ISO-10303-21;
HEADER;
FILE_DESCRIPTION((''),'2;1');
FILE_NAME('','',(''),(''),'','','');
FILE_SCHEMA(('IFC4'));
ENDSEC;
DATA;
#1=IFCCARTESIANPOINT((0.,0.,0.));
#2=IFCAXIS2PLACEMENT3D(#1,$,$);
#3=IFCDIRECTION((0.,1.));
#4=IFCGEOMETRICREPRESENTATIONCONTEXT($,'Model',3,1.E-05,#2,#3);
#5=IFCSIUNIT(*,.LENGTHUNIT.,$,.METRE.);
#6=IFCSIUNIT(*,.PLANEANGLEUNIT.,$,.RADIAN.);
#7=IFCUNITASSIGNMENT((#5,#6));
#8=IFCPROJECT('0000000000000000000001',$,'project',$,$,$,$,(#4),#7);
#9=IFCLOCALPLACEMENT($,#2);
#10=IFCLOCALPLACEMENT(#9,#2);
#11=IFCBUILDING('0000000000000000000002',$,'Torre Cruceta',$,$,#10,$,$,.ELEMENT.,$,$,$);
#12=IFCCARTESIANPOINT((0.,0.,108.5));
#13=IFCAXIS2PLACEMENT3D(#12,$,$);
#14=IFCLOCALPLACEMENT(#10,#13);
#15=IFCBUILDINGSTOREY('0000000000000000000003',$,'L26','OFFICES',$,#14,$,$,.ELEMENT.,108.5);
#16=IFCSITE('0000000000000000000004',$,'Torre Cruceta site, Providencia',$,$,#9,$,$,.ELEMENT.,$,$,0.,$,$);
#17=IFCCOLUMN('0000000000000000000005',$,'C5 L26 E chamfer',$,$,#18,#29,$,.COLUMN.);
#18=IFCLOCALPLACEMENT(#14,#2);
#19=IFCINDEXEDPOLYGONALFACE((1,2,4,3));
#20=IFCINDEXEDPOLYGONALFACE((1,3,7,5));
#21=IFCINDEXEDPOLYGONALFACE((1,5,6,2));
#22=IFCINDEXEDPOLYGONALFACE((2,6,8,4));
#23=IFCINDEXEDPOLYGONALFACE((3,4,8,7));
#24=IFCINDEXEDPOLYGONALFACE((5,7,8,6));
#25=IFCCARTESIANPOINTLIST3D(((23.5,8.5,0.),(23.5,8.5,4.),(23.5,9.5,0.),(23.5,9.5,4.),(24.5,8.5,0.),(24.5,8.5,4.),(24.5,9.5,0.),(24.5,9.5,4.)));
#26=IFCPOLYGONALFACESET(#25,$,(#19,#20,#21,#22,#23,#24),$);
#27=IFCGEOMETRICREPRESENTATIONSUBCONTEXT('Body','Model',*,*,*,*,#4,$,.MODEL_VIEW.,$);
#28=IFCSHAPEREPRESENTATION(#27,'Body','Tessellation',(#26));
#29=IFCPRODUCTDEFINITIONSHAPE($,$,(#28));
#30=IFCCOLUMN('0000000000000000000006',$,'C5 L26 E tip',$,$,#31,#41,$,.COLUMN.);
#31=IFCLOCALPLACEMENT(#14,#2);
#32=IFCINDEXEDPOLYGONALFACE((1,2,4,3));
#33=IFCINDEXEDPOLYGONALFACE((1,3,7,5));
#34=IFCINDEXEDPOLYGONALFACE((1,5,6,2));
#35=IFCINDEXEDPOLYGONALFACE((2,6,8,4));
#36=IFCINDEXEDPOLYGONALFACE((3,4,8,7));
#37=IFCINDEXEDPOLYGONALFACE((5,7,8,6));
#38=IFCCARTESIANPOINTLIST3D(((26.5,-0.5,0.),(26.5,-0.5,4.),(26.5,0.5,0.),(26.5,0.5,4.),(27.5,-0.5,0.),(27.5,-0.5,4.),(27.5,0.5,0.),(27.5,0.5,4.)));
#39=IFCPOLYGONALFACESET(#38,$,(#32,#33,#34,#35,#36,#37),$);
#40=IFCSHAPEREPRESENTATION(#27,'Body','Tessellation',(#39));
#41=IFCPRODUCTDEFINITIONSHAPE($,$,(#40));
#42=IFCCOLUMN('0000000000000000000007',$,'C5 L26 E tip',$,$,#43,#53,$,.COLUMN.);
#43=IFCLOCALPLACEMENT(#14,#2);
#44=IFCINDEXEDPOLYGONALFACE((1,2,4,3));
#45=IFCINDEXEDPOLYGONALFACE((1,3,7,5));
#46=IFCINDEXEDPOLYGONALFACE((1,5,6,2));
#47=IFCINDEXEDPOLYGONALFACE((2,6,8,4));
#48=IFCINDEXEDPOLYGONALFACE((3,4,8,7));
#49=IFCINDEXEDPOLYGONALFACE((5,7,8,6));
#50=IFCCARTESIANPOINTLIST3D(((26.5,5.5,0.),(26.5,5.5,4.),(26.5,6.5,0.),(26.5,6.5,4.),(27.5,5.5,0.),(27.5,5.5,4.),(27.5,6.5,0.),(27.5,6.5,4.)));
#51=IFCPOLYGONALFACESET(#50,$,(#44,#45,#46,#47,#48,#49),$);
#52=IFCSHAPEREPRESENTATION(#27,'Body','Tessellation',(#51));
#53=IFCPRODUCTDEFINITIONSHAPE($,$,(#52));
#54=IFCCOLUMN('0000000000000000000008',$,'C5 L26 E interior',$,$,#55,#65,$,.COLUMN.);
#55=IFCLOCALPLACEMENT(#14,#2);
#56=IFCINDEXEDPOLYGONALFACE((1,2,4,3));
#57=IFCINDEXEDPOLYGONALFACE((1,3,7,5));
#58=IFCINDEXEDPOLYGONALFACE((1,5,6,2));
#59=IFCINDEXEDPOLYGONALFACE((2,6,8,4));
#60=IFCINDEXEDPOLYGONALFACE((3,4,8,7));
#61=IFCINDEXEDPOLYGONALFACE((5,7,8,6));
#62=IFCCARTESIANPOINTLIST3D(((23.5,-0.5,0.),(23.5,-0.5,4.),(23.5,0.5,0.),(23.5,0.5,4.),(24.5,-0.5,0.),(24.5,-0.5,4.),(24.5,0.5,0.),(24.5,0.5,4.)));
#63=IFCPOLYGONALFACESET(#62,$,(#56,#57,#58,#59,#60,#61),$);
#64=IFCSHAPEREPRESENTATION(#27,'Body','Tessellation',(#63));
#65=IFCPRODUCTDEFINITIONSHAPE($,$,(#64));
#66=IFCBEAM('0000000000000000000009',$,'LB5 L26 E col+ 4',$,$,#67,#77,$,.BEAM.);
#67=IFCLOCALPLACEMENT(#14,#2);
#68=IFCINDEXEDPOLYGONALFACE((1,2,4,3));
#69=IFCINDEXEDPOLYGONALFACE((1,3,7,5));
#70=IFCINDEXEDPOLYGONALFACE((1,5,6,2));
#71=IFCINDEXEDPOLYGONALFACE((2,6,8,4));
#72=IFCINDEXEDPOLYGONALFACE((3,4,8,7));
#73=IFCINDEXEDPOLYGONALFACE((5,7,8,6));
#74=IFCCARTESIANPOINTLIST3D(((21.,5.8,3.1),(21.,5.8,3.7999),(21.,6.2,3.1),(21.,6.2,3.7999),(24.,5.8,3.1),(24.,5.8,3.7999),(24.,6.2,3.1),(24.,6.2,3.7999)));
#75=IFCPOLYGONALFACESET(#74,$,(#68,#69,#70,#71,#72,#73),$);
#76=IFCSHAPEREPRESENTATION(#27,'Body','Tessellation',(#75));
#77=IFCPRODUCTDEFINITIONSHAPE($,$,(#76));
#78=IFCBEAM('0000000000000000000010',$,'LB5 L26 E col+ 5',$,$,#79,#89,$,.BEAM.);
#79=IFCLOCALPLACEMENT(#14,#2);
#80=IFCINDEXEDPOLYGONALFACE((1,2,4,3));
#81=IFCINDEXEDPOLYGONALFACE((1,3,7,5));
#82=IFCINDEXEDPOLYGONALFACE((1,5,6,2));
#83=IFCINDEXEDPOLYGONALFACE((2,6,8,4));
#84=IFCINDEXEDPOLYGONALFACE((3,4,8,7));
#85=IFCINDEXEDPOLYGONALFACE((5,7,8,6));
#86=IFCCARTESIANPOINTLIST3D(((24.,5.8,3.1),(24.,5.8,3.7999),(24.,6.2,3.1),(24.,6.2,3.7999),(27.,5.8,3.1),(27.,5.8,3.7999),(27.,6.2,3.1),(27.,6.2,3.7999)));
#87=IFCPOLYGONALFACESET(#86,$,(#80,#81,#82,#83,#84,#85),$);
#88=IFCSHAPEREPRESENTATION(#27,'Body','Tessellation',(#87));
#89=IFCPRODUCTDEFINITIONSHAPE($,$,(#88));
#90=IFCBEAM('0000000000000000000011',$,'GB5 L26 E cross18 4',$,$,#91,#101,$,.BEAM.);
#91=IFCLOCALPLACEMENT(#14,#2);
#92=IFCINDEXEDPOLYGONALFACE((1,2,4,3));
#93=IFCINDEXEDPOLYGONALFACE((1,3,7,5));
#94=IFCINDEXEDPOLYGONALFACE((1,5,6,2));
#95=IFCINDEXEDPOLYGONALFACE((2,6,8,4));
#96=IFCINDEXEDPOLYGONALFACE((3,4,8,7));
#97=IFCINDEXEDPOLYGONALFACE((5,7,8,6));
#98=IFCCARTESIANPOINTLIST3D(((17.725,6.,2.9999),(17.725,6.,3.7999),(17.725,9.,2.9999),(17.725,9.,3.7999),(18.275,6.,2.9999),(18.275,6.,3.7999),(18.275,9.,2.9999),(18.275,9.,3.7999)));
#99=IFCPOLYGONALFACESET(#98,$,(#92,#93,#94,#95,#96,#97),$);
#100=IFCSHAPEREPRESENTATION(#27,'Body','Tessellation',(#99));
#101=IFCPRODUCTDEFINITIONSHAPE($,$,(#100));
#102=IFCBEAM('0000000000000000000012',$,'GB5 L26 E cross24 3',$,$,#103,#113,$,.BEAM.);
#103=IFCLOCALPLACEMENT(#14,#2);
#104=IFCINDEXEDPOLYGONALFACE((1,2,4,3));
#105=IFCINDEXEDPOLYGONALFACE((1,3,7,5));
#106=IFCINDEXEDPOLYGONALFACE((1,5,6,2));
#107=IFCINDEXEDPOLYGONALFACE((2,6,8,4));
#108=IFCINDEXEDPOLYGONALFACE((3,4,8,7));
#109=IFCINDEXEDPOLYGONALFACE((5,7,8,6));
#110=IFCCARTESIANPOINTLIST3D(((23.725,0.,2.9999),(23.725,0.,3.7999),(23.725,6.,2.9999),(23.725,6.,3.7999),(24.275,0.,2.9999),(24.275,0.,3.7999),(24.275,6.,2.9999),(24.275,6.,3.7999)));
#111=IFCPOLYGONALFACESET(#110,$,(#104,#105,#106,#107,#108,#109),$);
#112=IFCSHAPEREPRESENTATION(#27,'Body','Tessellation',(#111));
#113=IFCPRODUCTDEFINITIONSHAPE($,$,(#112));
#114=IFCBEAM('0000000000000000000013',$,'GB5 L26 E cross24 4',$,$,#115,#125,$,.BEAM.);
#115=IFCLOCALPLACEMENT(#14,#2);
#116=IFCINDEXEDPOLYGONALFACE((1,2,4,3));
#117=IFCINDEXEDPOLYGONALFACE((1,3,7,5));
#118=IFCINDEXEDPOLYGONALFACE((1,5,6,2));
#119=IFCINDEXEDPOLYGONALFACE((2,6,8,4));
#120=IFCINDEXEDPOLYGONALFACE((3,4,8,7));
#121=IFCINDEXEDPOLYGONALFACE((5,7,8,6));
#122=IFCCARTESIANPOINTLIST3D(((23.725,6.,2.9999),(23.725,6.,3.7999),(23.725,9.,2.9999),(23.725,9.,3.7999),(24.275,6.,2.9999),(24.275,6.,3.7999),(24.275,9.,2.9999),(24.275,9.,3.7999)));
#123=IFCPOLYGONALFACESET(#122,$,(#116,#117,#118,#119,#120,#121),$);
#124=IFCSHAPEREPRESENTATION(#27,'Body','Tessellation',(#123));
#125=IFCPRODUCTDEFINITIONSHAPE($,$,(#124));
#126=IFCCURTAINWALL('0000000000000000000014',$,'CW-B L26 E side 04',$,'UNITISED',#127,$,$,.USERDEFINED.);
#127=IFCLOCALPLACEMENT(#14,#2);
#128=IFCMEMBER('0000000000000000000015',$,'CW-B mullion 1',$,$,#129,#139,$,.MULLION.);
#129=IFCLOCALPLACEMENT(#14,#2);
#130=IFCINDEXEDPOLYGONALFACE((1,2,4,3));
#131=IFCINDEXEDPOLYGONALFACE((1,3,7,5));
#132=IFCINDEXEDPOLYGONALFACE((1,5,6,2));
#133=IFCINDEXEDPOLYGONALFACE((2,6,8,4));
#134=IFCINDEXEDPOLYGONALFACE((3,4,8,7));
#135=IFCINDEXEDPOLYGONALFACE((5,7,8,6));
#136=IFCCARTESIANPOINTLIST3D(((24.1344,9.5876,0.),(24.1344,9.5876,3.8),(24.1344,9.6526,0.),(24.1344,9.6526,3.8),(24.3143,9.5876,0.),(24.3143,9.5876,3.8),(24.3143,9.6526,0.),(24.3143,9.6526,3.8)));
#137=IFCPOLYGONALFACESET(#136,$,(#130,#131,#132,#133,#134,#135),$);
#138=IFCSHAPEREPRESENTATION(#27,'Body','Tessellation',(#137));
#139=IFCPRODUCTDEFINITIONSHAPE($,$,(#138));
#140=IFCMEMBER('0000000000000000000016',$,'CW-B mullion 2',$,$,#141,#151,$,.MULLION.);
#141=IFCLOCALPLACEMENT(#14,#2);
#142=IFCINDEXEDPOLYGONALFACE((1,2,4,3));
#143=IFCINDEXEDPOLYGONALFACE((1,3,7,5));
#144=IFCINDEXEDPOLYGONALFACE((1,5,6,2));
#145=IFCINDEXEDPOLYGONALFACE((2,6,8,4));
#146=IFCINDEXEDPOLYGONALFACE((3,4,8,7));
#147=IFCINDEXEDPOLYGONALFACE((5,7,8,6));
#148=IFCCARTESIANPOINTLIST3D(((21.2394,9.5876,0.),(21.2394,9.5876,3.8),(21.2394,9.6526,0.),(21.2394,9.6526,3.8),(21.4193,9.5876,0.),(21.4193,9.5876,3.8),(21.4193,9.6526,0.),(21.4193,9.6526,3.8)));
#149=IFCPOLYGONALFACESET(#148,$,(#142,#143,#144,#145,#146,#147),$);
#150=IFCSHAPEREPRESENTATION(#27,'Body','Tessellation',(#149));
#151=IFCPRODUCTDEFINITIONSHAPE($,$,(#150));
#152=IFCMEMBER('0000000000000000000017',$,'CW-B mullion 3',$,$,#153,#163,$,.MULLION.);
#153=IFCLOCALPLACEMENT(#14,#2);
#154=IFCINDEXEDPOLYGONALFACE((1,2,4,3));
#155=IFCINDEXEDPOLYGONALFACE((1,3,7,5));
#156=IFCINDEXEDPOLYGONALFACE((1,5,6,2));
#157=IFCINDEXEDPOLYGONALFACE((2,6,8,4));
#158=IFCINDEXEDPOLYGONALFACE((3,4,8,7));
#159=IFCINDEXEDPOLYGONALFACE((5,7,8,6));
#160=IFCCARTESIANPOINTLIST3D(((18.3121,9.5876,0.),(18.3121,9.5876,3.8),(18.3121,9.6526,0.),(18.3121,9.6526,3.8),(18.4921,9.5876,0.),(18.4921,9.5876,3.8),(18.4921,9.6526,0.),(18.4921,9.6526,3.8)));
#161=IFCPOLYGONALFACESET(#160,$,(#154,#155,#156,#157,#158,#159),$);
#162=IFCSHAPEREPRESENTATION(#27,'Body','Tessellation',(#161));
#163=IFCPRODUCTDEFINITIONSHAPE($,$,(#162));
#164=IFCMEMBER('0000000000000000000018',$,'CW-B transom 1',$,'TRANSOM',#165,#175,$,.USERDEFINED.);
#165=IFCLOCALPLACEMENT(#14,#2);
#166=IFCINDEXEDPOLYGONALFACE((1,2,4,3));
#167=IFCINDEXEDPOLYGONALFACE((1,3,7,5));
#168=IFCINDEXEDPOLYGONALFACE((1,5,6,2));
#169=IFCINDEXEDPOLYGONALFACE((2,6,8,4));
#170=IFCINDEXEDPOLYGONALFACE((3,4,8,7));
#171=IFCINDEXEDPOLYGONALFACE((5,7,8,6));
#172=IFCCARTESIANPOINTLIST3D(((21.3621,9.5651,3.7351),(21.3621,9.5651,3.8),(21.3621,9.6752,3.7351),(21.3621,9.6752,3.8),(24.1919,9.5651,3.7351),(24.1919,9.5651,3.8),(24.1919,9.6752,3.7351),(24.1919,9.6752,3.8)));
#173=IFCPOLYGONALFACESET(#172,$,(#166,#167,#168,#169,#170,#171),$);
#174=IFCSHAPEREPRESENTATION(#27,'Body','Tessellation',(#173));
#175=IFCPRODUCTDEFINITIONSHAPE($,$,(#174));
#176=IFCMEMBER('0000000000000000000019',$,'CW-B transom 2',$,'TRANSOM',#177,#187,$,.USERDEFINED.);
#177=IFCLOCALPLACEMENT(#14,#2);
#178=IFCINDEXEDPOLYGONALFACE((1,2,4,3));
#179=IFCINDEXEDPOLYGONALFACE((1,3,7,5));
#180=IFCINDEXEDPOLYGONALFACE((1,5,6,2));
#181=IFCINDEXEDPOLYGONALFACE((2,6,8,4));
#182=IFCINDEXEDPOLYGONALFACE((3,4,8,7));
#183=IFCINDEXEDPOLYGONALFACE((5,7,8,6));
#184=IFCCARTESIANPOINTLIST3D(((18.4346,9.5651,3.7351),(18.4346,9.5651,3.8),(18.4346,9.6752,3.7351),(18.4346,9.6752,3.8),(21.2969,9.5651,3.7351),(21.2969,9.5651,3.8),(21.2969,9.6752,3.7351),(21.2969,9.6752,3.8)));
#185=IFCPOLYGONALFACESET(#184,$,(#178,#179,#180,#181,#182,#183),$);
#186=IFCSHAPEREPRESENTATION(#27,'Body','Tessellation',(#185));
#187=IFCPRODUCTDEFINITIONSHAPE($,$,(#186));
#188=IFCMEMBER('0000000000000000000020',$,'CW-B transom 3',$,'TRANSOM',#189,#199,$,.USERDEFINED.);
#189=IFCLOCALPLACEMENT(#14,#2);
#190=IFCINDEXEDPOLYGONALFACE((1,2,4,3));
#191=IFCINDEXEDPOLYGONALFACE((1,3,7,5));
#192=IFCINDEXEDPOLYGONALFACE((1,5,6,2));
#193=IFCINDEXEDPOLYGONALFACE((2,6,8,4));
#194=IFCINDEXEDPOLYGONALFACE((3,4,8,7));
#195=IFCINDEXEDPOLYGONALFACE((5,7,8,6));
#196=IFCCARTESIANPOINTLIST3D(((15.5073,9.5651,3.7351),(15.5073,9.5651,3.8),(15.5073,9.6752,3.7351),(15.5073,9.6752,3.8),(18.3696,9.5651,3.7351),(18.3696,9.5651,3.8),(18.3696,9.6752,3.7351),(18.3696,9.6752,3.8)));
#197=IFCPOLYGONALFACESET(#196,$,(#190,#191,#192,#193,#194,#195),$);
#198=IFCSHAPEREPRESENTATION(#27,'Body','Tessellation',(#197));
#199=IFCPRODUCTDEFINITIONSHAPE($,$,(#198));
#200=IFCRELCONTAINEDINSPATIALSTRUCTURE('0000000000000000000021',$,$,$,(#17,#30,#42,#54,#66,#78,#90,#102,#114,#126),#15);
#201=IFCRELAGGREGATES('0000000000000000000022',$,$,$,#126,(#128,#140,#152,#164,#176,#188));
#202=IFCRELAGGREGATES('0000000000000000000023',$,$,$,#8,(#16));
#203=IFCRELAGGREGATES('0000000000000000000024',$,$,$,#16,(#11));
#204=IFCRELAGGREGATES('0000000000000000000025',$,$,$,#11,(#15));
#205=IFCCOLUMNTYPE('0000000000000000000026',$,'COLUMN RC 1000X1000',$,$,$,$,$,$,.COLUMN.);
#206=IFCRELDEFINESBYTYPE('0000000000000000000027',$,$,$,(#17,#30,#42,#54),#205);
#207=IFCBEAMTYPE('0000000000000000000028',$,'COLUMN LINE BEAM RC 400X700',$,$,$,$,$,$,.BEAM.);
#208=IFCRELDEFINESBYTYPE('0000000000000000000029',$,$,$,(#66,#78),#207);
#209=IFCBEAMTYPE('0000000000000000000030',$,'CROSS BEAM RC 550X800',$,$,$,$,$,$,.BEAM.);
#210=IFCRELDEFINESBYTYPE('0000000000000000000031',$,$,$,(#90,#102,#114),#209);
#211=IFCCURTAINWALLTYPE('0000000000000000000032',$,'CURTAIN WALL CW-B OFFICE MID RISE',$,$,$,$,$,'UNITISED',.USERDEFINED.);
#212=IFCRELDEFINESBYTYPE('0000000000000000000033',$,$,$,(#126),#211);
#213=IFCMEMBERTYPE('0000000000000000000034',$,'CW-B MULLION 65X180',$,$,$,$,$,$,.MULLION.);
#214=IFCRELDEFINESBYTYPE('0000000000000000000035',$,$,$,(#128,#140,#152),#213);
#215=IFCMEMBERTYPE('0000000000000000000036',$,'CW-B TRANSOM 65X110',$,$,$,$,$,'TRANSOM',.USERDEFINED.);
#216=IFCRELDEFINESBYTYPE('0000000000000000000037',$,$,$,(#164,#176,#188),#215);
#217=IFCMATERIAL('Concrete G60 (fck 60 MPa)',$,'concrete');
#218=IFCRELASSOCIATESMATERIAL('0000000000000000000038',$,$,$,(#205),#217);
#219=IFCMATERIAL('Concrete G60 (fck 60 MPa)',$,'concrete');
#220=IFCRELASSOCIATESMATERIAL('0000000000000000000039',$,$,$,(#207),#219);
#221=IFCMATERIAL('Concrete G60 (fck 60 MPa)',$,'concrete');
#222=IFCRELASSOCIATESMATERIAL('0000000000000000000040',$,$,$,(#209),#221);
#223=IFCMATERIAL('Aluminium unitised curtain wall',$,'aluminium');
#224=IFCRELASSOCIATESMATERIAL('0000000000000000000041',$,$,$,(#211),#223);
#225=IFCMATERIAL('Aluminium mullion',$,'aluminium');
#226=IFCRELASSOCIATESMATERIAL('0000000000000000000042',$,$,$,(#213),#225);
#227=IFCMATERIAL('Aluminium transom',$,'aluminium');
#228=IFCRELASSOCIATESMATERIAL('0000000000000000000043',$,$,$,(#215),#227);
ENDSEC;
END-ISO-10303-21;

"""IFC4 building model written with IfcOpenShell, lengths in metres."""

from ifc_helpers import new_model, si_unit, direction, frame, origin, origin_2d, place, context, subcontext, project, spatial, rectangle, extrude, material, material_profile, profile_set, type_object, element, aggregate, save


model = new_model("IFC4")

# Units and contexts
model_context = context("Model", 3, precision=1e-05, world=origin(), true_north=direction((0.0, 1.0)))
body_context = subcontext(model_context, "Body", "Model", "MODEL_VIEW")
ifc_project = project(units=[si_unit("LENGTHUNIT", "METRE"), si_unit("PLANEANGLEUNIT", "RADIAN")], contexts=[model_context])

# Site, building, storey
site_placement = place(None, origin())
site = spatial("IfcSite", under=ifc_project, at=site_placement, Name="Torre Cruceta site, Providencia", CompositionType="ELEMENT", RefElevation=0.0)
building_placement = place(site_placement, origin())
building = spatial("IfcBuilding", under=site, at=building_placement, Name="Torre Cruceta", CompositionType="ELEMENT")
storey_placement = place(building_placement, frame((0.0, 0.0, 108.5)))
storey = spatial("IfcBuildingStorey", under=building, at=storey_placement, Name="L26", Description="OFFICES", CompositionType="ELEMENT", Elevation=108.5)

# Columns
ifc_material_1 = material(Name="Concrete G60 (fck 60 MPa)", Category="concrete")
ifc_material_profile_1 = material_profile(ifc_material_1, rectangle(XDim=1.0, YDim=1.0, at=origin_2d()), Name="RC 1000X1000")
ifc_profile_set_1 = profile_set([ifc_material_profile_1], Name="Concrete G60 (fck 60 MPa)")
column_type = type_object("IfcColumnType", Name="COLUMN RC 1000X1000", PredefinedType="COLUMN", material=ifc_profile_set_1)
for number, where, z_axis, x_axis, name in (
    (1, (24.0, 9.0, 0.0), (0.0, 0.0, 1.0), (1.0, 0.0, 0.0), "C5 L26 E chamfer"),
    (2, (27.0, 0.0, 0.0), (0.0, 0.0, 1.0), (1.0, 0.0, 0.0), "C5 L26 E tip"),
    (3, (27.0, 6.0, 0.0), (0.0, 0.0, 1.0), (1.0, 0.0, 0.0), "C5 L26 E tip"),
    (4, (24.0, 0.0, 0.0), (0.0, 0.0, 1.0), (1.0, 0.0, 0.0), "C5 L26 E interior"),
):
    element("IfcColumn", number, at=place(storey_placement, frame(where, z_axis=z_axis, x_axis=x_axis)), inside=storey, type_object=column_type, Name=name, PredefinedType="COLUMN", context=body_context, shape_type="SweptSolid", body=[
        extrude(rectangle(XDim=1.0, YDim=1.0, at=origin_2d()), origin(), (0.0, 0.0, 1.0), 4.0),
    ])

# Beams
ifc_material_2 = material(Name="Concrete G60 (fck 60 MPa)", Category="concrete")
ifc_material_profile_2 = material_profile(ifc_material_2, rectangle(XDim=0.3999, YDim=0.7, at=origin_2d()), Name="RC 400X700")
ifc_profile_set_2 = profile_set([ifc_material_profile_2], Name="Concrete G60 (fck 60 MPa)")
beam_type_1 = type_object("IfcBeamType", Name="COLUMN LINE BEAM RC 400X700", PredefinedType="BEAM", material=ifc_profile_set_2)
for number, where, z_axis, x_axis, name in (
    (5, (21.0, 6.0, 3.45), (1.0, 0.0, 0.0), (0.0, 1.0, 0.0), "LB5 L26 E col+ 4"),
    (6, (24.0, 6.0, 3.45), (1.0, 0.0, 0.0), (0.0, 1.0, 0.0), "LB5 L26 E col+ 5"),
):
    element("IfcBeam", number, at=place(storey_placement, frame(where, z_axis=z_axis, x_axis=x_axis)), inside=storey, type_object=beam_type_1, Name=name, PredefinedType="BEAM", context=body_context, shape_type="SweptSolid", body=[
        extrude(rectangle(XDim=0.3999, YDim=0.7, at=origin_2d()), origin(), (0.0, 0.0, 1.0), 3.0),
    ])
ifc_material_3 = material(Name="Concrete G60 (fck 60 MPa)", Category="concrete")
ifc_material_profile_3 = material_profile(ifc_material_3, rectangle(XDim=0.55, YDim=0.8, at=origin_2d()), Name="RC 550X800")
ifc_profile_set_3 = profile_set([ifc_material_profile_3], Name="Concrete G60 (fck 60 MPa)")
beam_type_2 = type_object("IfcBeamType", Name="CROSS BEAM RC 550X800", PredefinedType="BEAM", material=ifc_profile_set_3)
beam_1_placement = place(storey_placement, frame((18.0, 6.0, 3.3999), z_axis=(0.0, 1.0, 0.0), x_axis=(-1.0, 0.0, 0.0)))
element("IfcBeam", 7, at=beam_1_placement, inside=storey, type_object=beam_type_2, Name="GB5 L26 E cross18 4", PredefinedType="BEAM", context=body_context, shape_type="SweptSolid", body=[
    extrude(rectangle(XDim=0.55, YDim=0.8, at=origin_2d()), origin(), (0.0, 0.0, 1.0), 3.0),
])
beam_2_placement = place(storey_placement, frame((24.0, 0.0, 3.3999), z_axis=(0.0, 1.0, 0.0), x_axis=(-1.0, 0.0, 0.0)))
element("IfcBeam", 8, at=beam_2_placement, inside=storey, type_object=beam_type_2, Name="GB5 L26 E cross24 3", PredefinedType="BEAM", context=body_context, shape_type="SweptSolid", body=[
    extrude(rectangle(XDim=0.55, YDim=0.8, at=origin_2d()), origin(), (0.0, 0.0, 1.0), 6.0),
])
beam_3_placement = place(storey_placement, frame((24.0, 6.0, 3.3999), z_axis=(0.0, 1.0, 0.0), x_axis=(-1.0, 0.0, 0.0)))
element("IfcBeam", 9, at=beam_3_placement, inside=storey, type_object=beam_type_2, Name="GB5 L26 E cross24 4", PredefinedType="BEAM", context=body_context, shape_type="SweptSolid", body=[
    extrude(rectangle(XDim=0.55, YDim=0.8, at=origin_2d()), origin(), (0.0, 0.0, 1.0), 3.0),
])

# Curtain wall, members
ifc_material_4 = material(Name="Aluminium unitised curtain wall", Category="aluminium")
curtain_wall_type = type_object("IfcCurtainWallType", Name="CURTAIN WALL CW-B OFFICE MID RISE", ElementType="UNITISED", PredefinedType="USERDEFINED", material=ifc_material_4)
curtain_wall_placement = place(storey_placement, origin())
curtain_wall = element("IfcCurtainWall", 10, at=curtain_wall_placement, inside=storey, type_object=curtain_wall_type, Name="CW-B L26 E side 04", ObjectType="UNITISED", PredefinedType="USERDEFINED")
ifc_material_5 = material(Name="Aluminium mullion", Category="aluminium")
ifc_material_profile_4 = material_profile(ifc_material_5, rectangle(XDim=0.0649, YDim=0.1799, at=origin_2d()), Name="AL 65X180")
ifc_profile_set_4 = profile_set([ifc_material_profile_4], Name="Aluminium mullion")
member_type_1 = type_object("IfcMemberType", Name="CW-B MULLION 65X180", PredefinedType="MULLION", material=ifc_profile_set_4)
member_1_placement = place(storey_placement, frame((24.2244, 9.6201, 0.0), z_axis=(0.0, 0.0, 1.0), x_axis=(0.0, -1.0, 0.0)))
member_1 = element("IfcMember", 11, at=member_1_placement, type_object=member_type_1, Name="CW-B mullion 1", PredefinedType="MULLION", context=body_context, shape_type="SweptSolid", body=[
    extrude(rectangle(XDim=0.0649, YDim=0.1799, at=origin_2d()), origin(), (0.0, 0.0, 1.0), 3.8),
])
member_2_placement = place(storey_placement, frame((21.3293, 9.6201, 0.0), z_axis=(0.0, 0.0, 1.0), x_axis=(0.0, -1.0, 0.0)))
member_2 = element("IfcMember", 12, at=member_2_placement, type_object=member_type_1, Name="CW-B mullion 2", PredefinedType="MULLION", context=body_context, shape_type="SweptSolid", body=[
    extrude(rectangle(XDim=0.0649, YDim=0.1799, at=origin_2d()), origin(), (0.0, 0.0, 1.0), 3.8),
])
member_3_placement = place(storey_placement, frame((18.4021, 9.6201, 0.0), z_axis=(0.0, 0.0, 1.0), x_axis=(0.0, -1.0, 0.0)))
member_3 = element("IfcMember", 13, at=member_3_placement, type_object=member_type_1, Name="CW-B mullion 3", PredefinedType="MULLION", context=body_context, shape_type="SweptSolid", body=[
    extrude(rectangle(XDim=0.0649, YDim=0.1799, at=origin_2d()), origin(), (0.0, 0.0, 1.0), 3.8),
])
ifc_material_6 = material(Name="Aluminium transom", Category="aluminium")
ifc_material_profile_5 = material_profile(ifc_material_6, rectangle(XDim=0.1101, YDim=0.0649, at=origin_2d()), Name="AL 110X65")
ifc_profile_set_5 = profile_set([ifc_material_profile_5], Name="Aluminium transom")
member_type_2 = type_object("IfcMemberType", Name="CW-B TRANSOM 65X110", ElementType="TRANSOM", PredefinedType="USERDEFINED", material=ifc_profile_set_5)
member_4_placement = place(storey_placement, frame((24.1919, 9.6201, 3.7676), z_axis=(-1.0, 0.0, 0.0), x_axis=(0.0, -1.0, 0.0)))
member_4 = element("IfcMember", 14, at=member_4_placement, type_object=member_type_2, Name="CW-B transom 1", ObjectType="TRANSOM", PredefinedType="USERDEFINED", context=body_context, shape_type="SweptSolid", body=[
    extrude(rectangle(XDim=0.1101, YDim=0.0649, at=origin_2d()), origin(), (0.0, 0.0, 1.0), 2.8298),
])
member_5_placement = place(storey_placement, frame((21.2969, 9.6201, 3.7676), z_axis=(-1.0, 0.0, 0.0), x_axis=(0.0, -1.0, 0.0)))
member_5 = element("IfcMember", 15, at=member_5_placement, type_object=member_type_2, Name="CW-B transom 2", ObjectType="TRANSOM", PredefinedType="USERDEFINED", context=body_context, shape_type="SweptSolid", body=[
    extrude(rectangle(XDim=0.1101, YDim=0.0649, at=origin_2d()), origin(), (0.0, 0.0, 1.0), 2.8623),
])
member_6_placement = place(storey_placement, frame((18.3696, 9.6201, 3.7676), z_axis=(-1.0, 0.0, 0.0), x_axis=(0.0, -1.0, 0.0)))
member_6 = element("IfcMember", 16, at=member_6_placement, type_object=member_type_2, Name="CW-B transom 3", ObjectType="TRANSOM", PredefinedType="USERDEFINED", context=body_context, shape_type="SweptSolid", body=[
    extrude(rectangle(XDim=0.1101, YDim=0.0649, at=origin_2d()), origin(), (0.0, 0.0, 1.0), 2.8623),
])

aggregate(curtain_wall, [member_1, member_2, member_3, member_4, member_5, member_6])

save(model, "model.ifc")
